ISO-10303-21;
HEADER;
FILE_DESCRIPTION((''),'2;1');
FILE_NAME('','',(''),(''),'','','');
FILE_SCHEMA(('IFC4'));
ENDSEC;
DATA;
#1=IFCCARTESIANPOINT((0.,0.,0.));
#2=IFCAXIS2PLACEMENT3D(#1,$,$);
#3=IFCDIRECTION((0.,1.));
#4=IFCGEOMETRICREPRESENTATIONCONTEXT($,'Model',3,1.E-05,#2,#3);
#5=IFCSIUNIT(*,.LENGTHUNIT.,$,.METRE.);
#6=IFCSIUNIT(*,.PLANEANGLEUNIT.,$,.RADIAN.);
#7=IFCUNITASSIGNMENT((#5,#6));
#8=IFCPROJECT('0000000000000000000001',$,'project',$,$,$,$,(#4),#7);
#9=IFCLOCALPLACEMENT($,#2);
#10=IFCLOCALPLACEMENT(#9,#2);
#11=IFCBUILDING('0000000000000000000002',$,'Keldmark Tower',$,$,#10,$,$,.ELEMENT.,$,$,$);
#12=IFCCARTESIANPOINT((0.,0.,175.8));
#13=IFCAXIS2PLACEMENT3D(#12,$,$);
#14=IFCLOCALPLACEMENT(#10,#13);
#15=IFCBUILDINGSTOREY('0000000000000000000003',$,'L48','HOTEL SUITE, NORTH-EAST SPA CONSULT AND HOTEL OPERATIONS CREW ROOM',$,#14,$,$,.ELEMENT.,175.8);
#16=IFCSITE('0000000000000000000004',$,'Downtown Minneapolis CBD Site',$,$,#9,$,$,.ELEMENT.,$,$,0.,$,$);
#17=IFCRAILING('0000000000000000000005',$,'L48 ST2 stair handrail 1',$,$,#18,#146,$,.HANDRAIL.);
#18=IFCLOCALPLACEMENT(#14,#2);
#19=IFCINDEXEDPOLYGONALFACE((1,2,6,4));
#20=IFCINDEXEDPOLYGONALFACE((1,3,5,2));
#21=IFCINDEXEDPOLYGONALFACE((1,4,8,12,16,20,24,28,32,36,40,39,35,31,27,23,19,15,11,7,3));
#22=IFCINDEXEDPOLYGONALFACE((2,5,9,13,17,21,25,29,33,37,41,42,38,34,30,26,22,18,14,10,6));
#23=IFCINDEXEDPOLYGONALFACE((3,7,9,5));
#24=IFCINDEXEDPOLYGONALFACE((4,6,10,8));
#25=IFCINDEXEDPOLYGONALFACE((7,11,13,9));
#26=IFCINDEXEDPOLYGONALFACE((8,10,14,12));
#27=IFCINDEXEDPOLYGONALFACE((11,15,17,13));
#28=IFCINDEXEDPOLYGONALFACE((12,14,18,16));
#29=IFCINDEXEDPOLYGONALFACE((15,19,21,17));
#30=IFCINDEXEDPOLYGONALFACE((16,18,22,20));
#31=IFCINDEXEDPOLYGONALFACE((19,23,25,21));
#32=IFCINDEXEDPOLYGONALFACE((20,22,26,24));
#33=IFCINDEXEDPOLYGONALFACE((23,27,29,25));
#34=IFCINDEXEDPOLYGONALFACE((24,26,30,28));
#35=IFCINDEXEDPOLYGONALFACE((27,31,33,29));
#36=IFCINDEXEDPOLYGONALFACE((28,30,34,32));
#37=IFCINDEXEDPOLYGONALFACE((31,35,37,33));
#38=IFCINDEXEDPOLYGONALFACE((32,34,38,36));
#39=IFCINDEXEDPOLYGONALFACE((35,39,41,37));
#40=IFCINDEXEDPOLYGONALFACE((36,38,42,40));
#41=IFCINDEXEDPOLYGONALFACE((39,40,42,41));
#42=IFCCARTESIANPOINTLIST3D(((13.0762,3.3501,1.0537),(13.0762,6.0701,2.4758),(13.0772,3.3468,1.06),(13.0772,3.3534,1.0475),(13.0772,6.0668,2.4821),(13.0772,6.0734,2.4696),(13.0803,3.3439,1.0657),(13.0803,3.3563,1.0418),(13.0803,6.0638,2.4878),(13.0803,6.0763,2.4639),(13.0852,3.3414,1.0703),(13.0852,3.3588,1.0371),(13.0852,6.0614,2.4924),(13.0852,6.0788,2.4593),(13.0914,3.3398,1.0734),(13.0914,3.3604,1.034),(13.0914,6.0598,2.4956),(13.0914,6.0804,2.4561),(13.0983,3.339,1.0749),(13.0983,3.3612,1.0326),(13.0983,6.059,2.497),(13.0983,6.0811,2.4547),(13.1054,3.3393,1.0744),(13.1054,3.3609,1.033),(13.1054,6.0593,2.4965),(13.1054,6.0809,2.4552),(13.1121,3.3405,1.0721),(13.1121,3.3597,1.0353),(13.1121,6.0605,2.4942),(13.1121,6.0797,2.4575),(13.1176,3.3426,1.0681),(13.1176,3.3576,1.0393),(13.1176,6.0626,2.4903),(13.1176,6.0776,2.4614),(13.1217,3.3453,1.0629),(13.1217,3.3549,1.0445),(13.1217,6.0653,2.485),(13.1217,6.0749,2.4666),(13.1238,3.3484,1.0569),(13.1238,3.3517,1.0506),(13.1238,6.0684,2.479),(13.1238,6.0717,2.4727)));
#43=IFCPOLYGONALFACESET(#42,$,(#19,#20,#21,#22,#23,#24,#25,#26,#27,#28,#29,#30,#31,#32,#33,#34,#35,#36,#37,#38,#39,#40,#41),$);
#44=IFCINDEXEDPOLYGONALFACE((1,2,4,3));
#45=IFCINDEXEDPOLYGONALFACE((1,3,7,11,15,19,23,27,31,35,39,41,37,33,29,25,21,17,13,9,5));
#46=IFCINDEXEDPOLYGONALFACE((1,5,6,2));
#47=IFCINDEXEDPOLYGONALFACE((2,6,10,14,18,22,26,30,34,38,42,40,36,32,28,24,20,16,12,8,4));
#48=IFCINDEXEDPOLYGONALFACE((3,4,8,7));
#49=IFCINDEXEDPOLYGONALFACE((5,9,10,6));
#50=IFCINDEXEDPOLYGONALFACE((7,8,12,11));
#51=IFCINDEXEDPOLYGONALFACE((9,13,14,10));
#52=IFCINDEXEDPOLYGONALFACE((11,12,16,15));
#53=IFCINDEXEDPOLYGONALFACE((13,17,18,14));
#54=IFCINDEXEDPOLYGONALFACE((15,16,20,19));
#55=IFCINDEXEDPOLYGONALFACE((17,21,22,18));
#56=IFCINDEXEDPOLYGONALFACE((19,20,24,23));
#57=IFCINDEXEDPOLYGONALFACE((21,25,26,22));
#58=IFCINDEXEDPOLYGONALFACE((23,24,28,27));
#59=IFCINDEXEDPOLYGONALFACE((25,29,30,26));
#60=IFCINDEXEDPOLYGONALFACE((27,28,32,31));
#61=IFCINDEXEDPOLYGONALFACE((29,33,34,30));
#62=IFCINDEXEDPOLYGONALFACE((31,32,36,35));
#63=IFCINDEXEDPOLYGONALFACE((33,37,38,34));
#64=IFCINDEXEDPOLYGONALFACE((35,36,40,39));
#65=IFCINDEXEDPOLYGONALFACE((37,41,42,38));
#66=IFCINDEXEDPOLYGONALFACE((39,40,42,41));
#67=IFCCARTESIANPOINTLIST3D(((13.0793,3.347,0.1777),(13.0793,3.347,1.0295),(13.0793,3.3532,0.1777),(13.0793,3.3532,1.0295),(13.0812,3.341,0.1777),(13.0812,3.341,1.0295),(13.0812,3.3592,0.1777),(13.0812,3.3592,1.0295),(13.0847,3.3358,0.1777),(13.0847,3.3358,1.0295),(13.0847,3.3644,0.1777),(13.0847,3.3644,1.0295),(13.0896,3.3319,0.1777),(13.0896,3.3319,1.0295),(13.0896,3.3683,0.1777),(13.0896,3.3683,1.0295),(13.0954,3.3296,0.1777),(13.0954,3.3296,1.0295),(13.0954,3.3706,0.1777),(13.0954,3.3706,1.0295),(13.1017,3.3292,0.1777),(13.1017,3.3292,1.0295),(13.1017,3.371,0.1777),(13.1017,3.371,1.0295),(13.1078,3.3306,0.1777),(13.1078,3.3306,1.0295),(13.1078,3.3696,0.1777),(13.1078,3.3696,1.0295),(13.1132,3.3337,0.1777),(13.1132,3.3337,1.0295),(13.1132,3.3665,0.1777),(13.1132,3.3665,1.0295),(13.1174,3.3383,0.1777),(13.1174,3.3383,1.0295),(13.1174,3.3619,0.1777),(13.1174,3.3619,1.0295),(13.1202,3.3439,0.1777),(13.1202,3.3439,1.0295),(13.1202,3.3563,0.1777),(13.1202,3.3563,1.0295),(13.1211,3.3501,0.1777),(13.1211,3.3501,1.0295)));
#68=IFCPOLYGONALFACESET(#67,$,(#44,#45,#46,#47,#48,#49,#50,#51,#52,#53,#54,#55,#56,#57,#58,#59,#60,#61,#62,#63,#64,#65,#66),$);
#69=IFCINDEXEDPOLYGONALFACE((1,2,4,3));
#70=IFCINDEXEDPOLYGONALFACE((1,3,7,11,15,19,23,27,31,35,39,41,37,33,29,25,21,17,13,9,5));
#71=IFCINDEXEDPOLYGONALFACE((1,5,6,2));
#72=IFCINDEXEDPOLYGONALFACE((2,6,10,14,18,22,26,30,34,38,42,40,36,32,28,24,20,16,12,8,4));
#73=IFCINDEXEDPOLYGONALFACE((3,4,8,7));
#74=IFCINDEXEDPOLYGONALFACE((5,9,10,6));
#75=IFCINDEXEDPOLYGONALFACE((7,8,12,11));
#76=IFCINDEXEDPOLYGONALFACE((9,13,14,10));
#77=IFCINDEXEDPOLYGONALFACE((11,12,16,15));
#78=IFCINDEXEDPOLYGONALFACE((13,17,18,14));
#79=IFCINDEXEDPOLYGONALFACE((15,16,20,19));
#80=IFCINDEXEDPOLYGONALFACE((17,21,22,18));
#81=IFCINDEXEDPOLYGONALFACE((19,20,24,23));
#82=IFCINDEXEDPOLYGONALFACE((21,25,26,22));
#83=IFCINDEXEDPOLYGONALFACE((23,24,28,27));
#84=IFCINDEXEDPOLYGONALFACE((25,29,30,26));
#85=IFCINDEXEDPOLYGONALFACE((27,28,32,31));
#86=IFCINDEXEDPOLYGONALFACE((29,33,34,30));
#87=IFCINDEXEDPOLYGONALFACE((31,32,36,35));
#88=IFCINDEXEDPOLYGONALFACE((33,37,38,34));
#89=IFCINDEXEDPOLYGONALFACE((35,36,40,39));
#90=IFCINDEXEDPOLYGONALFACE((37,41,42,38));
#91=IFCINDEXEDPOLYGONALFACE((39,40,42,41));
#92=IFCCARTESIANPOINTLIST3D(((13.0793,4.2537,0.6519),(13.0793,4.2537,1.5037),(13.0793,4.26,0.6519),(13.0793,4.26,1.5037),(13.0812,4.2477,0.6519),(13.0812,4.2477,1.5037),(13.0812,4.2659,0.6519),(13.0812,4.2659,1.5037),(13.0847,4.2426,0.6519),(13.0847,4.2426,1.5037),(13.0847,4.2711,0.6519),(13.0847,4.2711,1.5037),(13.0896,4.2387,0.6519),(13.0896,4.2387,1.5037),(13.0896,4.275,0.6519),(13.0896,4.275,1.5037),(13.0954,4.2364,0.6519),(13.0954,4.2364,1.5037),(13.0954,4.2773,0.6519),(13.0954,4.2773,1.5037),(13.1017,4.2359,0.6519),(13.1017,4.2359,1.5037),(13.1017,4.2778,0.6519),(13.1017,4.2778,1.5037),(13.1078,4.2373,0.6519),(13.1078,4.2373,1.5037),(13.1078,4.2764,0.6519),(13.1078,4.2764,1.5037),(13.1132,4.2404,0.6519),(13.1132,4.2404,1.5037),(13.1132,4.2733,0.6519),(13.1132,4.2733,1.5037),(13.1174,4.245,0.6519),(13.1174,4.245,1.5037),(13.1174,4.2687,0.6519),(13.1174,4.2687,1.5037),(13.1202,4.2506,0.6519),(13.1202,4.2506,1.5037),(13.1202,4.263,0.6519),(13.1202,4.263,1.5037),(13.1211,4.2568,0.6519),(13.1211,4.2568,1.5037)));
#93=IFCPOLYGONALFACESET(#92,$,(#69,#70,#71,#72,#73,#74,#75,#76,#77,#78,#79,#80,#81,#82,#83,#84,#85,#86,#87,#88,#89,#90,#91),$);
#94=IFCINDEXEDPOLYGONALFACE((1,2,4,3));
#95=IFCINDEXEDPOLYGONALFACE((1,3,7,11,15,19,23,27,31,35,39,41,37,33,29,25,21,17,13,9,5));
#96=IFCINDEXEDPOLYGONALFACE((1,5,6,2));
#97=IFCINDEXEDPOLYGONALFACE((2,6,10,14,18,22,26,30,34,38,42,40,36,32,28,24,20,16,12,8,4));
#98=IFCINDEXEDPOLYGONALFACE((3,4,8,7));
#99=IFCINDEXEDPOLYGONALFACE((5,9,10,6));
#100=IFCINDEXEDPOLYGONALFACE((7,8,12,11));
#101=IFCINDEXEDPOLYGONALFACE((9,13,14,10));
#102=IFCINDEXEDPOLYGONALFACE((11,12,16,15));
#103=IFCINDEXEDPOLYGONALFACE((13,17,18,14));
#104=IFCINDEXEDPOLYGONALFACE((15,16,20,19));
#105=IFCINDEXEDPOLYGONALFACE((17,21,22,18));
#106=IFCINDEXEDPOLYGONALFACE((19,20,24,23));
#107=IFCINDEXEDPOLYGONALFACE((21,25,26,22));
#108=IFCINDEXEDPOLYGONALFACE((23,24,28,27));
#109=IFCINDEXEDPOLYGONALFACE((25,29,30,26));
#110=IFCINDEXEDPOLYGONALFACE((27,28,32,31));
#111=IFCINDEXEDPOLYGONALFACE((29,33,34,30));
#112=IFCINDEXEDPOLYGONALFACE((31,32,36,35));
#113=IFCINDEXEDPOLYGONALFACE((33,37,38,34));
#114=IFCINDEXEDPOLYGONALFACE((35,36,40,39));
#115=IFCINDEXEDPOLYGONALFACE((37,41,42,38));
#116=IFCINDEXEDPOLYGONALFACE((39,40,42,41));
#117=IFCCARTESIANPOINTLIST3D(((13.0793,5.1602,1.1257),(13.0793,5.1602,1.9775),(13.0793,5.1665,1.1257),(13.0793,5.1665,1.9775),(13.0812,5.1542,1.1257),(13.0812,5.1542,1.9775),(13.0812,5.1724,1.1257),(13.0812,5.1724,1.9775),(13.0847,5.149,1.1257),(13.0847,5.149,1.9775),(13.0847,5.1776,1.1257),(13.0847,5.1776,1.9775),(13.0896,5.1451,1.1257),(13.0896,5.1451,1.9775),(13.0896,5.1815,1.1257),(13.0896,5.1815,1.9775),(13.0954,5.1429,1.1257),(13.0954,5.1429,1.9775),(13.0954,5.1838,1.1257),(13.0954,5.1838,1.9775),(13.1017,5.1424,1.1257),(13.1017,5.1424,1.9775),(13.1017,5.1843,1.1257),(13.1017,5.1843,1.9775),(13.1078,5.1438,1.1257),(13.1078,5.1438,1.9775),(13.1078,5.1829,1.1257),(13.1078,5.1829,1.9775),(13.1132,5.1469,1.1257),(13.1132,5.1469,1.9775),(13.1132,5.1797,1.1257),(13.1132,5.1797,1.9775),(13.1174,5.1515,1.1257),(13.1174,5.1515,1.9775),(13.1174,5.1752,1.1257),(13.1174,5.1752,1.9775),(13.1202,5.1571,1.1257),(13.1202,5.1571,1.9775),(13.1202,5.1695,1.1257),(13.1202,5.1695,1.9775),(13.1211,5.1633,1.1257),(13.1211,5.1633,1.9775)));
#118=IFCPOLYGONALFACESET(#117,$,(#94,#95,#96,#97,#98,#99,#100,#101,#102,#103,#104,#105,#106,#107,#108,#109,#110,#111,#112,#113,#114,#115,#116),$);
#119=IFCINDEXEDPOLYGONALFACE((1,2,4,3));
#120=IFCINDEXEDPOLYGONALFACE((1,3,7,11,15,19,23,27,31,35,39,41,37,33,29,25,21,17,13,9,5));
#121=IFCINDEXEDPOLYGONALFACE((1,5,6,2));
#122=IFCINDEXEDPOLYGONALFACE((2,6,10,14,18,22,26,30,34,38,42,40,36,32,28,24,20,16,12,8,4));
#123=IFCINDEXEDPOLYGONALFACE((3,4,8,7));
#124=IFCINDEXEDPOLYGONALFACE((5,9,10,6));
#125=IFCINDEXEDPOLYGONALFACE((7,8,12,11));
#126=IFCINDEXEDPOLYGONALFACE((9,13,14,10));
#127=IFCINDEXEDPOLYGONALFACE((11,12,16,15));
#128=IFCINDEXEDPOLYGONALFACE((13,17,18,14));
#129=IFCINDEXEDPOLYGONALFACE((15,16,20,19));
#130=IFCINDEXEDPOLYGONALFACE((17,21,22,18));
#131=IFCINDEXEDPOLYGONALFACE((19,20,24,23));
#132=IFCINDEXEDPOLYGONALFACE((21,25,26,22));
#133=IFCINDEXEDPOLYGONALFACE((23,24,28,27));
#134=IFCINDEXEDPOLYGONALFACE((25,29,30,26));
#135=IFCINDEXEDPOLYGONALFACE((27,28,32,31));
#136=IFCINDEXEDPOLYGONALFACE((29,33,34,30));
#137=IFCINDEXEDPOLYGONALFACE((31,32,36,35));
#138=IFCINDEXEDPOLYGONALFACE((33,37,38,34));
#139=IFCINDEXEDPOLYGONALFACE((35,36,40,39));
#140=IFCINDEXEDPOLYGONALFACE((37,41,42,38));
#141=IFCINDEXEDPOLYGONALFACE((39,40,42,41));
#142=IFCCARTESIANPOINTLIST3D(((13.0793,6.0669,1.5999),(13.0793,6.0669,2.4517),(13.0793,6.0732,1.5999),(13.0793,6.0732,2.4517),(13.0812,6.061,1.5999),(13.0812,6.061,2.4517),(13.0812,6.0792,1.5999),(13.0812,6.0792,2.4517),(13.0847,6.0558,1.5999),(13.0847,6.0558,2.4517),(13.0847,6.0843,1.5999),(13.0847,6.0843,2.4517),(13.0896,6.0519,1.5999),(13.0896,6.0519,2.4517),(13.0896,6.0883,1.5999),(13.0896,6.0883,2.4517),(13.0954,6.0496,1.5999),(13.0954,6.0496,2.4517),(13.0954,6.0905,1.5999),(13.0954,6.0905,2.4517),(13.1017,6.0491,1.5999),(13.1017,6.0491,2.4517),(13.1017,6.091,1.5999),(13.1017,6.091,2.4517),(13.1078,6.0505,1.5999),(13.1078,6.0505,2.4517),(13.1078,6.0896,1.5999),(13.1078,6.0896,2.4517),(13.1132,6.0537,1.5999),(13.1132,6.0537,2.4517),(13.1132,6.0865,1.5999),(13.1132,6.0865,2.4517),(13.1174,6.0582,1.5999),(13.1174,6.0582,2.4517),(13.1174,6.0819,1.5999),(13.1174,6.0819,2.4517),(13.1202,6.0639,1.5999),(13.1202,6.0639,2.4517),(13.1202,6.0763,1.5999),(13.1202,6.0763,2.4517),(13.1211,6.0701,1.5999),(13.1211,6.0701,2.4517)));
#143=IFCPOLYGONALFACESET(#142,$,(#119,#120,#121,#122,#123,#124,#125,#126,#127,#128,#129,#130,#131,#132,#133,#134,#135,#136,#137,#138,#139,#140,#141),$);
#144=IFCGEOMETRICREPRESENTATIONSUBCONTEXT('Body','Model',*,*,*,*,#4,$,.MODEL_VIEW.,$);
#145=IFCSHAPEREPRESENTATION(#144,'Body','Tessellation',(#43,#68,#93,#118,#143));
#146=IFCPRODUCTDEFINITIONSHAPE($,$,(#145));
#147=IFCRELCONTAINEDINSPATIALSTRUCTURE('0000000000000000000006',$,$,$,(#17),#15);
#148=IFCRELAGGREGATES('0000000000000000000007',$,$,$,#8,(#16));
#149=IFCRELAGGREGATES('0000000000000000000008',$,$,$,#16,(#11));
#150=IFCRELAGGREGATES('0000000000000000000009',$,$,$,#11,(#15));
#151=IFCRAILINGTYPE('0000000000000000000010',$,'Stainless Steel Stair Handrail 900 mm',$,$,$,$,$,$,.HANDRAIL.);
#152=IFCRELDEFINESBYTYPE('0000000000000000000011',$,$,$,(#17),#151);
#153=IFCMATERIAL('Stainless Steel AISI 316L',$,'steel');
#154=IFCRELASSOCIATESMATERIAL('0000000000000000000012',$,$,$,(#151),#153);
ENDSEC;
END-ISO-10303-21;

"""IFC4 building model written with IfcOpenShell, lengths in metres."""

from ifc_helpers import new_model, si_unit, direction, frame, origin, origin_2d, place, context, subcontext, project, spatial, circle, extrude, material, type_object, element, save


model = new_model("IFC4")

# Units and contexts
model_context = context("Model", 3, precision=1e-05, world=origin(), true_north=direction((0.0, 1.0)))
body_context = subcontext(model_context, "Body", "Model", "MODEL_VIEW")
ifc_project = project(units=[si_unit("LENGTHUNIT", "METRE"), si_unit("PLANEANGLEUNIT", "RADIAN")], contexts=[model_context])

# Site, building, storey
site_placement = place(None, origin())
site = spatial("IfcSite", under=ifc_project, at=site_placement, Name="Downtown Minneapolis CBD Site", CompositionType="ELEMENT", RefElevation=0.0)
building_placement = place(site_placement, origin())
building = spatial("IfcBuilding", under=site, at=building_placement, Name="Keldmark Tower", CompositionType="ELEMENT")
storey_placement = place(building_placement, frame((0.0, 0.0, 175.8)))
storey = spatial("IfcBuildingStorey", under=building, at=storey_placement, Name="L48", Description="HOTEL SUITE, NORTH-EAST SPA CONSULT AND HOTEL OPERATIONS CREW ROOM", CompositionType="ELEMENT", Elevation=175.8)

# Railing
ifc_material_1 = material(Name="Stainless Steel AISI 316L", Category="steel")
railing_type_1 = type_object("IfcRailingType", Name="Stainless Steel Stair Handrail 900 mm", PredefinedType="HANDRAIL", material=ifc_material_1)
railing_1_placement = place(storey_placement, frame((13.1001, 3.3501, 0.1777)))
element("IfcRailing", 1, at=railing_1_placement, inside=storey, type_object=railing_type_1, Name="L48 ST2 stair handrail 1", PredefinedType="HANDRAIL", context=body_context, shape_type="SweptSolid", body=[
    extrude(circle(Radius=0.0239, at=origin_2d()), frame((0.0, 0.0, 0.876), z_axis=(0.0, 0.886183, 0.463335), x_axis=(-1.0, 0.0, 0.0)), (0.0, 0.0, 1.0), 3.0693),
    extrude(circle(Radius=0.021, at=origin_2d()), origin(), (0.0, 0.0, 1.0), 0.8518),
    extrude(circle(Radius=0.021, at=origin_2d()), frame((0.0, 0.9067, 0.4741)), (0.0, 0.0, 1.0), 0.8518),
    extrude(circle(Radius=0.021, at=origin_2d()), frame((0.0, 1.8132, 0.948)), (0.0, 0.0, 1.0), 0.8518),
    extrude(circle(Radius=0.021, at=origin_2d()), frame((0.0, 2.72, 1.4221)), (0.0, 0.0, 1.0), 0.8518),
])

save(model, "model.ifc")
